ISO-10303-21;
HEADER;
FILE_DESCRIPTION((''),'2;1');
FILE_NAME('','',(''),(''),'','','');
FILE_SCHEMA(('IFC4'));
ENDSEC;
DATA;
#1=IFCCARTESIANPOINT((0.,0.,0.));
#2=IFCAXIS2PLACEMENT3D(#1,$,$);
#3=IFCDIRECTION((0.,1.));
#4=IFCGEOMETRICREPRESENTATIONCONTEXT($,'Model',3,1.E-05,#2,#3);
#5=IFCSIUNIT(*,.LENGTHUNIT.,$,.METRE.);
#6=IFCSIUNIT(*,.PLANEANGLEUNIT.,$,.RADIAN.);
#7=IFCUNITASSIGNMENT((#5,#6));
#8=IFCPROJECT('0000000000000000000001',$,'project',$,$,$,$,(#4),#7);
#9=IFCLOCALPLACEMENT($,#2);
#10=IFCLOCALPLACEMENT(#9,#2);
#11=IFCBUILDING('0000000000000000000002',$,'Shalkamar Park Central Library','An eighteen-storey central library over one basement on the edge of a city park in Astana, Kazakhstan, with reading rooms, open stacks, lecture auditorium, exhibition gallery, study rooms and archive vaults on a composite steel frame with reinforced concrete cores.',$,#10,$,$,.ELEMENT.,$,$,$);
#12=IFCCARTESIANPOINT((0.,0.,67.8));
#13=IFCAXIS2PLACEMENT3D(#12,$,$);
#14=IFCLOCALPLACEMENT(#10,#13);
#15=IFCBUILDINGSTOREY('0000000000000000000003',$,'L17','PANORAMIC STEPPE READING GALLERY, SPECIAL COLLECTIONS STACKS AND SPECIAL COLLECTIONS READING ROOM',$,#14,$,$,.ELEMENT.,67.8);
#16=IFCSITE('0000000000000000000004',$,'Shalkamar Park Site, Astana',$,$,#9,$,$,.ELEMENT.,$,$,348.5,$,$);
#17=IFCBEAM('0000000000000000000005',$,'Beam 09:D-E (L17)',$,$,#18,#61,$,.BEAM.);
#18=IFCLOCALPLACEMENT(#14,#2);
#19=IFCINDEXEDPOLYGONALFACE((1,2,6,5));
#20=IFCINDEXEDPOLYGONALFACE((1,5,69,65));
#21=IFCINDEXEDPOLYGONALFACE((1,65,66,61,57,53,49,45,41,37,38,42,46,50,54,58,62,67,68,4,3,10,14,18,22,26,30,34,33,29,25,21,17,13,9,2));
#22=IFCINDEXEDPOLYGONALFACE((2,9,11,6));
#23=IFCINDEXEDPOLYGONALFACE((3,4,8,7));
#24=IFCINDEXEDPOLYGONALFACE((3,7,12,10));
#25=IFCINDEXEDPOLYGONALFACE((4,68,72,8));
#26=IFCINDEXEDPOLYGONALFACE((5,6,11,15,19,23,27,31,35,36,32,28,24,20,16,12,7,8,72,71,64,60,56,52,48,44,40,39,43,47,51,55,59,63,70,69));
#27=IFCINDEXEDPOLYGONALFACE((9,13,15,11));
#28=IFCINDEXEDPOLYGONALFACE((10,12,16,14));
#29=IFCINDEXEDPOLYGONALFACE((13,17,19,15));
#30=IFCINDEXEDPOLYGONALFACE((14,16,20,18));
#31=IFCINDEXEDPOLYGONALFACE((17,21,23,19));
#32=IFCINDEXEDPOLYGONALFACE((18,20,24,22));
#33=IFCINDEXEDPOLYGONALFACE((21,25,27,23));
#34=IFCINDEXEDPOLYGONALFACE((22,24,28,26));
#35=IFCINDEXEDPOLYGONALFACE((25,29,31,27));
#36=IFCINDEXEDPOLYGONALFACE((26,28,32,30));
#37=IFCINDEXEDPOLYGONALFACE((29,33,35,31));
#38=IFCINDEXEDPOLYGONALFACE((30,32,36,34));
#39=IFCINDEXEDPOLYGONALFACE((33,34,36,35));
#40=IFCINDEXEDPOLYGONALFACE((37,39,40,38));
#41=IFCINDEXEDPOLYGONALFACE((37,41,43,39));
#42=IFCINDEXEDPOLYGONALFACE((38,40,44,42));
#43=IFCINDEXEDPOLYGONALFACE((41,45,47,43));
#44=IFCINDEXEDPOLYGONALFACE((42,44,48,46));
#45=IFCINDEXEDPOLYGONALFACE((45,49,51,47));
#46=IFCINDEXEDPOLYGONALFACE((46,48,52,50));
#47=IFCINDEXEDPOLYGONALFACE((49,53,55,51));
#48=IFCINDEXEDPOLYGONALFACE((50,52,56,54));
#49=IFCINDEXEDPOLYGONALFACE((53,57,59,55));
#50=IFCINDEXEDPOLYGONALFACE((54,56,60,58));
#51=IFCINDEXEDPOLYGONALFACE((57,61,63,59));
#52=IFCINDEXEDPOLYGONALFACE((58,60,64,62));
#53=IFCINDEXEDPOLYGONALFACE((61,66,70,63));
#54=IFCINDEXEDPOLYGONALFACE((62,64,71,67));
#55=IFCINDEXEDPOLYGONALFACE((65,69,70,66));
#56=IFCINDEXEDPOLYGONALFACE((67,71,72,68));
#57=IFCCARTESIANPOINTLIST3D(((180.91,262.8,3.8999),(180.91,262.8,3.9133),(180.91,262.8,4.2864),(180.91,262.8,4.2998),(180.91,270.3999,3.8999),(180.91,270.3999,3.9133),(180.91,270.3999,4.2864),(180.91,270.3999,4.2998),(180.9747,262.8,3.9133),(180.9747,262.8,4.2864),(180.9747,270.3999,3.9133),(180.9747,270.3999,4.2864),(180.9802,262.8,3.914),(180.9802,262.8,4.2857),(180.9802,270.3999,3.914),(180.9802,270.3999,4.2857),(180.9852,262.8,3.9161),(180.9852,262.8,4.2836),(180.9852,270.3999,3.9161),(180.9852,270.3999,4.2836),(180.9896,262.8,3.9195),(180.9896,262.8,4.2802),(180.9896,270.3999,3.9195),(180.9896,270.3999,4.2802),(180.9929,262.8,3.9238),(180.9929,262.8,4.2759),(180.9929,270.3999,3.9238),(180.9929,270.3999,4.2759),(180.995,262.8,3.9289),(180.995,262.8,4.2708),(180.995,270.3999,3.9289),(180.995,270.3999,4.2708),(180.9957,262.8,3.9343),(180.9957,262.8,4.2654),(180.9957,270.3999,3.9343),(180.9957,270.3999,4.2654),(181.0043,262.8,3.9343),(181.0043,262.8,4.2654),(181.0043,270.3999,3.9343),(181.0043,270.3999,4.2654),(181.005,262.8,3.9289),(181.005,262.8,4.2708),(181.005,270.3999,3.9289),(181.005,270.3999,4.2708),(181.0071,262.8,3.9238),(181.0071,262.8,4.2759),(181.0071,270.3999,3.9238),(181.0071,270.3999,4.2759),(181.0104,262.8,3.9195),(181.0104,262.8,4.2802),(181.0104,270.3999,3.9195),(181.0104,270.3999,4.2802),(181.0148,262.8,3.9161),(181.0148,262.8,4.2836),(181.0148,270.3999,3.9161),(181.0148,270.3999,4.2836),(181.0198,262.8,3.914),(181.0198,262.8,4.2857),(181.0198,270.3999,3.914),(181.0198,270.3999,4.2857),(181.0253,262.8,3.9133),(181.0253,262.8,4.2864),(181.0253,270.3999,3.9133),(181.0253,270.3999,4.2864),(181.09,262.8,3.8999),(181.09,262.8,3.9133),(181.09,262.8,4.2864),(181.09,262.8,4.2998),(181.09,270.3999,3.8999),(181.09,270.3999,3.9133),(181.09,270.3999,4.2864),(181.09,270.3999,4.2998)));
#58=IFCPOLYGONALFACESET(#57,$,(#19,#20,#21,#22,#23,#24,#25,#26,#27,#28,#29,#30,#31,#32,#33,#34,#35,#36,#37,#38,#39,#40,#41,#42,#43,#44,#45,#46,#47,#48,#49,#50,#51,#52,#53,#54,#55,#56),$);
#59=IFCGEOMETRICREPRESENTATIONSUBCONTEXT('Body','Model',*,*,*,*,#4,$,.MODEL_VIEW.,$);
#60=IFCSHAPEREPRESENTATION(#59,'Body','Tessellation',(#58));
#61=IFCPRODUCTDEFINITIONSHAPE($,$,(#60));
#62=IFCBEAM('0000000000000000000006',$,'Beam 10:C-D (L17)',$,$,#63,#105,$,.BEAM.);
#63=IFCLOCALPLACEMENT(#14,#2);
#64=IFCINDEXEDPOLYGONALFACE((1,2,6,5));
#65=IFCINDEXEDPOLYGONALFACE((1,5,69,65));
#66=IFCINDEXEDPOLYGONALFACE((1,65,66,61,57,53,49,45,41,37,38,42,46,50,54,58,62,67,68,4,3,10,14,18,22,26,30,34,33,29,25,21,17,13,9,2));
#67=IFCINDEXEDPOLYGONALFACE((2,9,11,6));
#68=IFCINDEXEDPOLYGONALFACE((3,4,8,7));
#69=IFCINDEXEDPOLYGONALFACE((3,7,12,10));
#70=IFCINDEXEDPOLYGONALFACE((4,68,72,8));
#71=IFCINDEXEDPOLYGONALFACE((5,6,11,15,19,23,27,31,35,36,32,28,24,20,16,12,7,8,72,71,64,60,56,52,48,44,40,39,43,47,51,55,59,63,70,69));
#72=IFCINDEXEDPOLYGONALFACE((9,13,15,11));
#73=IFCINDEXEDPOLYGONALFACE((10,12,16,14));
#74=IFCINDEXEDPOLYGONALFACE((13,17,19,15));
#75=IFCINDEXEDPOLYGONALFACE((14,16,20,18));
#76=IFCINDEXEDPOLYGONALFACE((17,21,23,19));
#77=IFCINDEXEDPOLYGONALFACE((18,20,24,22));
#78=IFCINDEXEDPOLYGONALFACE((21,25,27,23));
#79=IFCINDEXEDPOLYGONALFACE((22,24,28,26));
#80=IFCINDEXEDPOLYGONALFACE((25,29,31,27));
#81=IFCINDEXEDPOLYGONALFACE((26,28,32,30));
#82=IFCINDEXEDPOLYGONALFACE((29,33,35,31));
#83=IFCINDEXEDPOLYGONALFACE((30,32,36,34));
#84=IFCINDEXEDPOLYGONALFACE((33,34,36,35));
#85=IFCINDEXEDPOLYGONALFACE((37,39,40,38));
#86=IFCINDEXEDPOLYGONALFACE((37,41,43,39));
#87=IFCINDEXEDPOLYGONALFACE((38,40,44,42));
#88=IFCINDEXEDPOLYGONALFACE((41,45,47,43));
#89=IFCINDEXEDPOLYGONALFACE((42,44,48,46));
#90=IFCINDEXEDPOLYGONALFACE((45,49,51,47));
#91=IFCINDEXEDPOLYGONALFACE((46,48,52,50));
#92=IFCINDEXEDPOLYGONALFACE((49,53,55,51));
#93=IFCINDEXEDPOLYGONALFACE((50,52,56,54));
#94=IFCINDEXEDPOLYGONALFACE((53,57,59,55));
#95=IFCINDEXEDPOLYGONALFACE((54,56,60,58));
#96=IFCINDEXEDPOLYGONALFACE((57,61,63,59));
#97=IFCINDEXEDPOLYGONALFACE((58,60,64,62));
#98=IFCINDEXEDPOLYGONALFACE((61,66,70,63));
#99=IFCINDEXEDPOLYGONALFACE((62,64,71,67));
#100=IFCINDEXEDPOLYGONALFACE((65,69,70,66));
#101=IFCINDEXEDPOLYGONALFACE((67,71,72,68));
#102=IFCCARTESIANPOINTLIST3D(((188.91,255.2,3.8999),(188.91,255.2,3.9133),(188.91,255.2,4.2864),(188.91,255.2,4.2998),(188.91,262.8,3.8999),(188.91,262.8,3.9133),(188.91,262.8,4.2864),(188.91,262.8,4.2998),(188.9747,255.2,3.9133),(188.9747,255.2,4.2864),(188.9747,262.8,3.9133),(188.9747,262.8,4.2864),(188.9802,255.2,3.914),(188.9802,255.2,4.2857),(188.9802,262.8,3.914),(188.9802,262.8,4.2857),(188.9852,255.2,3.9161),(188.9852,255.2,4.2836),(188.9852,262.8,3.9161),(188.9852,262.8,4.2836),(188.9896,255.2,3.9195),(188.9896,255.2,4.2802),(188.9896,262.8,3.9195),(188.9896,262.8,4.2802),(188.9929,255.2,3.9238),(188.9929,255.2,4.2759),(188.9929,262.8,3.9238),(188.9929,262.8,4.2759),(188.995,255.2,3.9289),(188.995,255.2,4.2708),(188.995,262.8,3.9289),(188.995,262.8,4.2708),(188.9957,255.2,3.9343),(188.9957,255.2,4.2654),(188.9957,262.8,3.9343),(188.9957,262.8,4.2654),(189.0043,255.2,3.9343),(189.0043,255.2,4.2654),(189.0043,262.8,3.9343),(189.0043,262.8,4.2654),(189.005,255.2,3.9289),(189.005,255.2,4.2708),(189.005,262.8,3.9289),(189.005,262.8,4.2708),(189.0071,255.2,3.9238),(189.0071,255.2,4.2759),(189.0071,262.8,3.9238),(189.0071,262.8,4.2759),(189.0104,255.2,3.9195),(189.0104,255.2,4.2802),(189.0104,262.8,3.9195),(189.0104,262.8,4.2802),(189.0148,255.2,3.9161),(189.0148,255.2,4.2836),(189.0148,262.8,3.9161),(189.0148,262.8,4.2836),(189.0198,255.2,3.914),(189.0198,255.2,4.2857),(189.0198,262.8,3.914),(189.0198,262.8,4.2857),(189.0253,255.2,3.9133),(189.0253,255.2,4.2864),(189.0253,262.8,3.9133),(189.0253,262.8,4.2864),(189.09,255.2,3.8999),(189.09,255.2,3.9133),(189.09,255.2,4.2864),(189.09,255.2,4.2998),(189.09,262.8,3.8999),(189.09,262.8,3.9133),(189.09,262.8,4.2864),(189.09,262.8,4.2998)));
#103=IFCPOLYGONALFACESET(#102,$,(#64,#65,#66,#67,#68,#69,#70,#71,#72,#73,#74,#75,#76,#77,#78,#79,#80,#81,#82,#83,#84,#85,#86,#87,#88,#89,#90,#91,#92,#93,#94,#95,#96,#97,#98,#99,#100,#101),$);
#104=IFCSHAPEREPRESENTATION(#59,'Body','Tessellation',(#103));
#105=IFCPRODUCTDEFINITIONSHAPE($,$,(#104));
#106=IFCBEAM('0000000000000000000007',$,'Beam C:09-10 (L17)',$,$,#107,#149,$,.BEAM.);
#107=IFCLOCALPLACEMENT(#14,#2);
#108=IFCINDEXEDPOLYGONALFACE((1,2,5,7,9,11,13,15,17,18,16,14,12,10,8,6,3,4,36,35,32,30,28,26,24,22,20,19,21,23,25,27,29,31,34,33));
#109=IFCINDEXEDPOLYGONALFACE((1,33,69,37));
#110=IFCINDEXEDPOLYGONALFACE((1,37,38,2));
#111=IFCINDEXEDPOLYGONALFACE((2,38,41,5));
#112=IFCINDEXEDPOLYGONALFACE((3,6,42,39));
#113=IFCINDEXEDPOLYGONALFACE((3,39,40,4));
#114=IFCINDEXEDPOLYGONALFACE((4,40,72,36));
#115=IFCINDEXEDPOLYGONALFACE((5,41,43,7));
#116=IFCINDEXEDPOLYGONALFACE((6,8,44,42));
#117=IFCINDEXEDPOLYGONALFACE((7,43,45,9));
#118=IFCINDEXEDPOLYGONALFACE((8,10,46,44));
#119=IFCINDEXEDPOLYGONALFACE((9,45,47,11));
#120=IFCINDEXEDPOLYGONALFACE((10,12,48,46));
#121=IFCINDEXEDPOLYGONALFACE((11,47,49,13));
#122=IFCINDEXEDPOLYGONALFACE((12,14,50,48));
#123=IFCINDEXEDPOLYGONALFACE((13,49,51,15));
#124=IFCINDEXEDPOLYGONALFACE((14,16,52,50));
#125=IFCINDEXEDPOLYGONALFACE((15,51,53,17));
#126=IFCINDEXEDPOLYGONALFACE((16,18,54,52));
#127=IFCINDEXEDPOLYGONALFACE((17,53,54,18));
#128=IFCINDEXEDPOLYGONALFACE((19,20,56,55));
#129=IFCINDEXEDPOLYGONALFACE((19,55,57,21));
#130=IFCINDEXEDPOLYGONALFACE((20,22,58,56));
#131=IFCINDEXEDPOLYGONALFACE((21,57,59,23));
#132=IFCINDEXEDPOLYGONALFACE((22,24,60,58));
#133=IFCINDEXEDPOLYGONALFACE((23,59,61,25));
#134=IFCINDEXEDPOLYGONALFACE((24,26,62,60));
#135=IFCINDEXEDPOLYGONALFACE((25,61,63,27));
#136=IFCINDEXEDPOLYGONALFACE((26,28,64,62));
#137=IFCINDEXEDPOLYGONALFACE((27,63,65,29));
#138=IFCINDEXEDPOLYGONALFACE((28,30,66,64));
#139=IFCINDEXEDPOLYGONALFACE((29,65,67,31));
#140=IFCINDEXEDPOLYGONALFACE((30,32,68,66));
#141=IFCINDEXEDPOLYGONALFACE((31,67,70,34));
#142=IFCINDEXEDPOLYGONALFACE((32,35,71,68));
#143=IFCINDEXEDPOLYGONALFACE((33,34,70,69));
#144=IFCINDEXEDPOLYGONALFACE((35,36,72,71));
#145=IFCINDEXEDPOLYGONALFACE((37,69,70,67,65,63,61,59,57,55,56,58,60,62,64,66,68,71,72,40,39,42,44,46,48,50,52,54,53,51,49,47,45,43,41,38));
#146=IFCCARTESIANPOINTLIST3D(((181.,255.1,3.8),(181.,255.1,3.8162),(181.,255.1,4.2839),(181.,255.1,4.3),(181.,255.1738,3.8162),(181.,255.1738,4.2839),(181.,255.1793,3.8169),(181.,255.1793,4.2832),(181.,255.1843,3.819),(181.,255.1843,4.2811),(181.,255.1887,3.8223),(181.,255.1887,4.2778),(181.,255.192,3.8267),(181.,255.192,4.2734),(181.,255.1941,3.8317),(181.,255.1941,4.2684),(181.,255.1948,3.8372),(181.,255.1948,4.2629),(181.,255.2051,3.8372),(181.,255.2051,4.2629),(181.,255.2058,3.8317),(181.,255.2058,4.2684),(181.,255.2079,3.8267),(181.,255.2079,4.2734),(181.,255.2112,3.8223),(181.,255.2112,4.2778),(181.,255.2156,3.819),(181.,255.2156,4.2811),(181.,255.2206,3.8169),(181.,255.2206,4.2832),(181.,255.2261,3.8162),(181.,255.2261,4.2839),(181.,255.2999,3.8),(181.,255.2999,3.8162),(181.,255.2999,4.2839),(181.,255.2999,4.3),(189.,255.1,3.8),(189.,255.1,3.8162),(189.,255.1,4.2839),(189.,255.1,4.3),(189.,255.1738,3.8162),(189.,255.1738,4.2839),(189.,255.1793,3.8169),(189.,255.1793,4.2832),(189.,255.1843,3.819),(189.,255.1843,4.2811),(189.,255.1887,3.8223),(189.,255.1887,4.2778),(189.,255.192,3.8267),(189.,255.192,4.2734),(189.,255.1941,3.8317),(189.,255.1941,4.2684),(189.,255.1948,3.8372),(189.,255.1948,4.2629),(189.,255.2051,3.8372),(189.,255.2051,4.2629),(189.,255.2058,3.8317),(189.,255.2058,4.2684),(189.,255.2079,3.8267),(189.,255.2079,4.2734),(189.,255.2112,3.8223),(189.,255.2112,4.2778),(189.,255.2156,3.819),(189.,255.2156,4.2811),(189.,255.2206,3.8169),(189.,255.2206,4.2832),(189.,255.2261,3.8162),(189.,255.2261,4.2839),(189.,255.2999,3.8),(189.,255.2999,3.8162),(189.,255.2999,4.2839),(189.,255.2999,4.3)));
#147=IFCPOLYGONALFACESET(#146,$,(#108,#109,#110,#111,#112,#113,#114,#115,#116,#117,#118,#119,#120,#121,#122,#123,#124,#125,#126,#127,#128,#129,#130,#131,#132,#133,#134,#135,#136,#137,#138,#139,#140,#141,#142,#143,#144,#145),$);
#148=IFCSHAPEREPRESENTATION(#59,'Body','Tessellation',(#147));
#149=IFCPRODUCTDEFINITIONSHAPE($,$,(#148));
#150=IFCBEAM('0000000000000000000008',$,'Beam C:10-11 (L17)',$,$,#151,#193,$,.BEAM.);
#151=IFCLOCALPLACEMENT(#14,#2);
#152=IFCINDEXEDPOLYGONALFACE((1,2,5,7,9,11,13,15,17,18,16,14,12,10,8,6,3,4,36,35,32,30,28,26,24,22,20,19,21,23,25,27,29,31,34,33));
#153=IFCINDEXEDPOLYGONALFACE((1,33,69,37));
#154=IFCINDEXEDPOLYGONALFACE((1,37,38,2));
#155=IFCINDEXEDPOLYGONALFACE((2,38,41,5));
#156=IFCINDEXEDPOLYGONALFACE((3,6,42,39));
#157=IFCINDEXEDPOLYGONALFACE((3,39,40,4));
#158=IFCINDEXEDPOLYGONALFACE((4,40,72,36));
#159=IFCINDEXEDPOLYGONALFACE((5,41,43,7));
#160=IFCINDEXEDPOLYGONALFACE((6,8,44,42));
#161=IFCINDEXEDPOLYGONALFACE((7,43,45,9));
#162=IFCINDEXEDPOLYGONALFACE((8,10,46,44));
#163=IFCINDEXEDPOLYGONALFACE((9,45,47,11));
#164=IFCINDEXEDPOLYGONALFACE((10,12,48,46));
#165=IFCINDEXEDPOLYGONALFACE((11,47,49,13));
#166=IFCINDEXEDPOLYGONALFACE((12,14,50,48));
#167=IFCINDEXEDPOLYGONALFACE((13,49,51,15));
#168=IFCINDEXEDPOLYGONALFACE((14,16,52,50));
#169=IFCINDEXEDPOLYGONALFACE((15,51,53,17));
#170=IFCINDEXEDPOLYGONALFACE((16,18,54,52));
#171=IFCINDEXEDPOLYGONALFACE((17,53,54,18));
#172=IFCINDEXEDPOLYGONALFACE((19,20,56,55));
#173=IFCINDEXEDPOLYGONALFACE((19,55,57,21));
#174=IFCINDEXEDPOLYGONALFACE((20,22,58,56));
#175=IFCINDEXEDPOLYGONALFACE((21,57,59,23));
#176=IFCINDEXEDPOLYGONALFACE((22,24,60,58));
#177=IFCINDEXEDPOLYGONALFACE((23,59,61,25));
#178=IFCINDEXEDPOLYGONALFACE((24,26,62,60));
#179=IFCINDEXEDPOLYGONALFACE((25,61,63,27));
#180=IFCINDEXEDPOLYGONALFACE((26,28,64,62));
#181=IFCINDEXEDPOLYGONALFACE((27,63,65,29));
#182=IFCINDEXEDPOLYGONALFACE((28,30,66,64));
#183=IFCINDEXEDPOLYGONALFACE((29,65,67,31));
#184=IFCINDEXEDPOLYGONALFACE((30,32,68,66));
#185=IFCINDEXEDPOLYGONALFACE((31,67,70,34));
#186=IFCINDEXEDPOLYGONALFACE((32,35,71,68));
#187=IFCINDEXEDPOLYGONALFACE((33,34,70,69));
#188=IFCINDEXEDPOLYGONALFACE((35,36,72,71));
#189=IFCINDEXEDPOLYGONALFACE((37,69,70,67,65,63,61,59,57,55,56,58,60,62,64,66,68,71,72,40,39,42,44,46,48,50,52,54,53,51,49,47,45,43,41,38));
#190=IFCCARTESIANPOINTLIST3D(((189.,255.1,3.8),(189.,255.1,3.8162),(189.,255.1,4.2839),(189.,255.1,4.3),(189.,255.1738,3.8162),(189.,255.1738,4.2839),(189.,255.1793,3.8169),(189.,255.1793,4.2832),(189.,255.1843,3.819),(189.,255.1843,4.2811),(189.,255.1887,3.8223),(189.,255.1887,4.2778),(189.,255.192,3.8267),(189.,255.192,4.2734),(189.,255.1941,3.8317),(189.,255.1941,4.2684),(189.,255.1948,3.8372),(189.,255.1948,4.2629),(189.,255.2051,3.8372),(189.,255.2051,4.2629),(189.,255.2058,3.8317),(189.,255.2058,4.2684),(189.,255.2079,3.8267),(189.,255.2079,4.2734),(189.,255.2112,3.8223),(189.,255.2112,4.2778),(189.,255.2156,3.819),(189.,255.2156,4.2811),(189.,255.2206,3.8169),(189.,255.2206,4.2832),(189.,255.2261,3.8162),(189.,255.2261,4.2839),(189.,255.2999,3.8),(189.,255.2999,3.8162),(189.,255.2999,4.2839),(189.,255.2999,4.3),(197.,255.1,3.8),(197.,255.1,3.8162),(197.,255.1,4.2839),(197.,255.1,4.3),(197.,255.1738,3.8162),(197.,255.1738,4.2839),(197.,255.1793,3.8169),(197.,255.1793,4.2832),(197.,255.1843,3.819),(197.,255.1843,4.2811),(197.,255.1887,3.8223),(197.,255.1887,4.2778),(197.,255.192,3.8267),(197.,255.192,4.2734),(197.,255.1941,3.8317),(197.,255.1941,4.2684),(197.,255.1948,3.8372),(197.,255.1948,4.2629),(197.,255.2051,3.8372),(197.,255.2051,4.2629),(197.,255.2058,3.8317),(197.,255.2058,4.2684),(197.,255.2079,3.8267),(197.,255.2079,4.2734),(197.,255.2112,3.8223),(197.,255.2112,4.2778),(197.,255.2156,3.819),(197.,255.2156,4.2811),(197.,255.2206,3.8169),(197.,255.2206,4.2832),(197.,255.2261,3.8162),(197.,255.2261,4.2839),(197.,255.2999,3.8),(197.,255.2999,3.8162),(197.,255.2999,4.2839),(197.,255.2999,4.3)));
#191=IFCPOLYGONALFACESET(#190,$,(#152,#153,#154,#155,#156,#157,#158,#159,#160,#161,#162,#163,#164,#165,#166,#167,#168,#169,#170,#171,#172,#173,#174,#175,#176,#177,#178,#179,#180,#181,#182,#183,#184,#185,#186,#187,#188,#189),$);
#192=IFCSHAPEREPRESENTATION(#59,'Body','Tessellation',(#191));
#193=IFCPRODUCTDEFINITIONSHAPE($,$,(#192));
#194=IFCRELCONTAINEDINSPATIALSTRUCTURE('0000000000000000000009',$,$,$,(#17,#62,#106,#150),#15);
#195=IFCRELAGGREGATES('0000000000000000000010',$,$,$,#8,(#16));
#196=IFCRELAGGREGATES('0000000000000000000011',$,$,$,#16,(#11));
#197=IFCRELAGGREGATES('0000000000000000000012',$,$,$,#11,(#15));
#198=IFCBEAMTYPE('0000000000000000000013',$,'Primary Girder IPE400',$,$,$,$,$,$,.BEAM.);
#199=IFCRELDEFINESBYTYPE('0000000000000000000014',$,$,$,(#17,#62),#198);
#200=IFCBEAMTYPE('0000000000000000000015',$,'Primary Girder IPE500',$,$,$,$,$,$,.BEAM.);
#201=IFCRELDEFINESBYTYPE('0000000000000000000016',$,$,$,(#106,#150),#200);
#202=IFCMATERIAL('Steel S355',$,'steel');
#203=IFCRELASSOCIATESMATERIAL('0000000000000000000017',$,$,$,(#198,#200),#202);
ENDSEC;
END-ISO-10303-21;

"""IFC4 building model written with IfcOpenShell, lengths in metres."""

from ifc_helpers import new_model, si_unit, direction, frame, origin, origin_2d, place, context, subcontext, project, spatial, i_section, extrude, material, material_profile, profile_set, type_object, element, save


model = new_model("IFC4")

# Units and contexts
model_context = context("Model", 3, precision=1e-05, world=origin(), true_north=direction((0.0, 1.0)))
body_context = subcontext(model_context, "Body", "Model", "MODEL_VIEW")
ifc_project = project(units=[si_unit("LENGTHUNIT", "METRE"), si_unit("PLANEANGLEUNIT", "RADIAN")], contexts=[model_context])

# Site, building, storey
site_placement = place(None, origin())
site = spatial("IfcSite", under=ifc_project, at=site_placement, Name="Shalkamar Park Site, Astana", CompositionType="ELEMENT", RefElevation=348.5)
building_placement = place(site_placement, origin())
building = spatial("IfcBuilding", under=site, at=building_placement, Name="Shalkamar Park Central Library", Description="An eighteen-storey central library over one basement on the edge of a city park in Astana, Kazakhstan, with reading rooms, open stacks, lecture auditorium, exhibition gallery, study rooms and archive vaults on a composite steel frame with reinforced concrete cores.", CompositionType="ELEMENT")
storey_placement = place(building_placement, frame((0.0, 0.0, 67.8)))
storey = spatial("IfcBuildingStorey", under=building, at=storey_placement, Name="L17", Description="PANORAMIC STEPPE READING GALLERY, SPECIAL COLLECTIONS STACKS AND SPECIAL COLLECTIONS READING ROOM", CompositionType="ELEMENT", Elevation=67.8)

# Shared definitions
ifc_material_1 = material(Name="Steel S355", Category="steel")

# Beams
ifc_material_profile_1 = material_profile(ifc_material_1, i_section(OverallWidth=0.1799, OverallDepth=0.3999, WebThickness=0.0085, FlangeThickness=0.0134, FilletRadius=0.021, at=origin_2d()), Name="IPE 400")
ifc_profile_set_1 = profile_set([ifc_material_profile_1], Name="Steel S355")
beam_type_1 = type_object("IfcBeamType", Name="Primary Girder IPE400", PredefinedType="BEAM", material=ifc_profile_set_1)
beam_1_placement = place(storey_placement, frame((181.0, 262.8, 4.0999), z_axis=(0.0, 1.0, 0.0), x_axis=(-1.0, 0.0, 0.0)))
element("IfcBeam", 1, at=beam_1_placement, inside=storey, type_object=beam_type_1, Name="Beam 09:D-E (L17)", PredefinedType="BEAM", context=body_context, shape_type="SweptSolid", body=[
    extrude(i_section(OverallWidth=0.1799, OverallDepth=0.3999, WebThickness=0.0085, FlangeThickness=0.0134, FilletRadius=0.021, at=origin_2d()), origin(), (0.0, 0.0, 1.0), 7.5999),
])
beam_2_placement = place(storey_placement, frame((189.0, 255.2, 4.0999), z_axis=(0.0, 1.0, 0.0), x_axis=(-1.0, 0.0, 0.0)))
element("IfcBeam", 2, at=beam_2_placement, inside=storey, type_object=beam_type_1, Name="Beam 10:C-D (L17)", PredefinedType="BEAM", context=body_context, shape_type="SweptSolid", body=[
    extrude(i_section(OverallWidth=0.1799, OverallDepth=0.3999, WebThickness=0.0085, FlangeThickness=0.0134, FilletRadius=0.021, at=origin_2d()), origin(), (0.0, 0.0, 1.0), 7.6001),
])
ifc_material_profile_2 = material_profile(ifc_material_1, i_section(OverallWidth=0.2, OverallDepth=0.5, WebThickness=0.0103, FlangeThickness=0.0161, FilletRadius=0.021, at=origin_2d()), Name="IPE 500")
ifc_profile_set_2 = profile_set([ifc_material_profile_2], Name="Steel S355")
beam_type_2 = type_object("IfcBeamType", Name="Primary Girder IPE500", PredefinedType="BEAM", material=ifc_profile_set_2)
for number, where, z_axis, x_axis, name in (
    (3, (181.0, 255.2, 4.05), (1.0, 0.0, 0.0), (0.0, 1.0, 0.0), "Beam C:09-10 (L17)"),
    (4, (189.0, 255.2, 4.05), (1.0, 0.0, 0.0), (0.0, 1.0, 0.0), "Beam C:10-11 (L17)"),
):
    element("IfcBeam", number, at=place(storey_placement, frame(where, z_axis=z_axis, x_axis=x_axis)), inside=storey, type_object=beam_type_2, Name=name, PredefinedType="BEAM", context=body_context, shape_type="SweptSolid", body=[
        extrude(i_section(OverallWidth=0.2, OverallDepth=0.5, WebThickness=0.0103, FlangeThickness=0.0161, FilletRadius=0.021, at=origin_2d()), origin(), (0.0, 0.0, 1.0), 8.0),
    ])

save(model, "model.ifc")
